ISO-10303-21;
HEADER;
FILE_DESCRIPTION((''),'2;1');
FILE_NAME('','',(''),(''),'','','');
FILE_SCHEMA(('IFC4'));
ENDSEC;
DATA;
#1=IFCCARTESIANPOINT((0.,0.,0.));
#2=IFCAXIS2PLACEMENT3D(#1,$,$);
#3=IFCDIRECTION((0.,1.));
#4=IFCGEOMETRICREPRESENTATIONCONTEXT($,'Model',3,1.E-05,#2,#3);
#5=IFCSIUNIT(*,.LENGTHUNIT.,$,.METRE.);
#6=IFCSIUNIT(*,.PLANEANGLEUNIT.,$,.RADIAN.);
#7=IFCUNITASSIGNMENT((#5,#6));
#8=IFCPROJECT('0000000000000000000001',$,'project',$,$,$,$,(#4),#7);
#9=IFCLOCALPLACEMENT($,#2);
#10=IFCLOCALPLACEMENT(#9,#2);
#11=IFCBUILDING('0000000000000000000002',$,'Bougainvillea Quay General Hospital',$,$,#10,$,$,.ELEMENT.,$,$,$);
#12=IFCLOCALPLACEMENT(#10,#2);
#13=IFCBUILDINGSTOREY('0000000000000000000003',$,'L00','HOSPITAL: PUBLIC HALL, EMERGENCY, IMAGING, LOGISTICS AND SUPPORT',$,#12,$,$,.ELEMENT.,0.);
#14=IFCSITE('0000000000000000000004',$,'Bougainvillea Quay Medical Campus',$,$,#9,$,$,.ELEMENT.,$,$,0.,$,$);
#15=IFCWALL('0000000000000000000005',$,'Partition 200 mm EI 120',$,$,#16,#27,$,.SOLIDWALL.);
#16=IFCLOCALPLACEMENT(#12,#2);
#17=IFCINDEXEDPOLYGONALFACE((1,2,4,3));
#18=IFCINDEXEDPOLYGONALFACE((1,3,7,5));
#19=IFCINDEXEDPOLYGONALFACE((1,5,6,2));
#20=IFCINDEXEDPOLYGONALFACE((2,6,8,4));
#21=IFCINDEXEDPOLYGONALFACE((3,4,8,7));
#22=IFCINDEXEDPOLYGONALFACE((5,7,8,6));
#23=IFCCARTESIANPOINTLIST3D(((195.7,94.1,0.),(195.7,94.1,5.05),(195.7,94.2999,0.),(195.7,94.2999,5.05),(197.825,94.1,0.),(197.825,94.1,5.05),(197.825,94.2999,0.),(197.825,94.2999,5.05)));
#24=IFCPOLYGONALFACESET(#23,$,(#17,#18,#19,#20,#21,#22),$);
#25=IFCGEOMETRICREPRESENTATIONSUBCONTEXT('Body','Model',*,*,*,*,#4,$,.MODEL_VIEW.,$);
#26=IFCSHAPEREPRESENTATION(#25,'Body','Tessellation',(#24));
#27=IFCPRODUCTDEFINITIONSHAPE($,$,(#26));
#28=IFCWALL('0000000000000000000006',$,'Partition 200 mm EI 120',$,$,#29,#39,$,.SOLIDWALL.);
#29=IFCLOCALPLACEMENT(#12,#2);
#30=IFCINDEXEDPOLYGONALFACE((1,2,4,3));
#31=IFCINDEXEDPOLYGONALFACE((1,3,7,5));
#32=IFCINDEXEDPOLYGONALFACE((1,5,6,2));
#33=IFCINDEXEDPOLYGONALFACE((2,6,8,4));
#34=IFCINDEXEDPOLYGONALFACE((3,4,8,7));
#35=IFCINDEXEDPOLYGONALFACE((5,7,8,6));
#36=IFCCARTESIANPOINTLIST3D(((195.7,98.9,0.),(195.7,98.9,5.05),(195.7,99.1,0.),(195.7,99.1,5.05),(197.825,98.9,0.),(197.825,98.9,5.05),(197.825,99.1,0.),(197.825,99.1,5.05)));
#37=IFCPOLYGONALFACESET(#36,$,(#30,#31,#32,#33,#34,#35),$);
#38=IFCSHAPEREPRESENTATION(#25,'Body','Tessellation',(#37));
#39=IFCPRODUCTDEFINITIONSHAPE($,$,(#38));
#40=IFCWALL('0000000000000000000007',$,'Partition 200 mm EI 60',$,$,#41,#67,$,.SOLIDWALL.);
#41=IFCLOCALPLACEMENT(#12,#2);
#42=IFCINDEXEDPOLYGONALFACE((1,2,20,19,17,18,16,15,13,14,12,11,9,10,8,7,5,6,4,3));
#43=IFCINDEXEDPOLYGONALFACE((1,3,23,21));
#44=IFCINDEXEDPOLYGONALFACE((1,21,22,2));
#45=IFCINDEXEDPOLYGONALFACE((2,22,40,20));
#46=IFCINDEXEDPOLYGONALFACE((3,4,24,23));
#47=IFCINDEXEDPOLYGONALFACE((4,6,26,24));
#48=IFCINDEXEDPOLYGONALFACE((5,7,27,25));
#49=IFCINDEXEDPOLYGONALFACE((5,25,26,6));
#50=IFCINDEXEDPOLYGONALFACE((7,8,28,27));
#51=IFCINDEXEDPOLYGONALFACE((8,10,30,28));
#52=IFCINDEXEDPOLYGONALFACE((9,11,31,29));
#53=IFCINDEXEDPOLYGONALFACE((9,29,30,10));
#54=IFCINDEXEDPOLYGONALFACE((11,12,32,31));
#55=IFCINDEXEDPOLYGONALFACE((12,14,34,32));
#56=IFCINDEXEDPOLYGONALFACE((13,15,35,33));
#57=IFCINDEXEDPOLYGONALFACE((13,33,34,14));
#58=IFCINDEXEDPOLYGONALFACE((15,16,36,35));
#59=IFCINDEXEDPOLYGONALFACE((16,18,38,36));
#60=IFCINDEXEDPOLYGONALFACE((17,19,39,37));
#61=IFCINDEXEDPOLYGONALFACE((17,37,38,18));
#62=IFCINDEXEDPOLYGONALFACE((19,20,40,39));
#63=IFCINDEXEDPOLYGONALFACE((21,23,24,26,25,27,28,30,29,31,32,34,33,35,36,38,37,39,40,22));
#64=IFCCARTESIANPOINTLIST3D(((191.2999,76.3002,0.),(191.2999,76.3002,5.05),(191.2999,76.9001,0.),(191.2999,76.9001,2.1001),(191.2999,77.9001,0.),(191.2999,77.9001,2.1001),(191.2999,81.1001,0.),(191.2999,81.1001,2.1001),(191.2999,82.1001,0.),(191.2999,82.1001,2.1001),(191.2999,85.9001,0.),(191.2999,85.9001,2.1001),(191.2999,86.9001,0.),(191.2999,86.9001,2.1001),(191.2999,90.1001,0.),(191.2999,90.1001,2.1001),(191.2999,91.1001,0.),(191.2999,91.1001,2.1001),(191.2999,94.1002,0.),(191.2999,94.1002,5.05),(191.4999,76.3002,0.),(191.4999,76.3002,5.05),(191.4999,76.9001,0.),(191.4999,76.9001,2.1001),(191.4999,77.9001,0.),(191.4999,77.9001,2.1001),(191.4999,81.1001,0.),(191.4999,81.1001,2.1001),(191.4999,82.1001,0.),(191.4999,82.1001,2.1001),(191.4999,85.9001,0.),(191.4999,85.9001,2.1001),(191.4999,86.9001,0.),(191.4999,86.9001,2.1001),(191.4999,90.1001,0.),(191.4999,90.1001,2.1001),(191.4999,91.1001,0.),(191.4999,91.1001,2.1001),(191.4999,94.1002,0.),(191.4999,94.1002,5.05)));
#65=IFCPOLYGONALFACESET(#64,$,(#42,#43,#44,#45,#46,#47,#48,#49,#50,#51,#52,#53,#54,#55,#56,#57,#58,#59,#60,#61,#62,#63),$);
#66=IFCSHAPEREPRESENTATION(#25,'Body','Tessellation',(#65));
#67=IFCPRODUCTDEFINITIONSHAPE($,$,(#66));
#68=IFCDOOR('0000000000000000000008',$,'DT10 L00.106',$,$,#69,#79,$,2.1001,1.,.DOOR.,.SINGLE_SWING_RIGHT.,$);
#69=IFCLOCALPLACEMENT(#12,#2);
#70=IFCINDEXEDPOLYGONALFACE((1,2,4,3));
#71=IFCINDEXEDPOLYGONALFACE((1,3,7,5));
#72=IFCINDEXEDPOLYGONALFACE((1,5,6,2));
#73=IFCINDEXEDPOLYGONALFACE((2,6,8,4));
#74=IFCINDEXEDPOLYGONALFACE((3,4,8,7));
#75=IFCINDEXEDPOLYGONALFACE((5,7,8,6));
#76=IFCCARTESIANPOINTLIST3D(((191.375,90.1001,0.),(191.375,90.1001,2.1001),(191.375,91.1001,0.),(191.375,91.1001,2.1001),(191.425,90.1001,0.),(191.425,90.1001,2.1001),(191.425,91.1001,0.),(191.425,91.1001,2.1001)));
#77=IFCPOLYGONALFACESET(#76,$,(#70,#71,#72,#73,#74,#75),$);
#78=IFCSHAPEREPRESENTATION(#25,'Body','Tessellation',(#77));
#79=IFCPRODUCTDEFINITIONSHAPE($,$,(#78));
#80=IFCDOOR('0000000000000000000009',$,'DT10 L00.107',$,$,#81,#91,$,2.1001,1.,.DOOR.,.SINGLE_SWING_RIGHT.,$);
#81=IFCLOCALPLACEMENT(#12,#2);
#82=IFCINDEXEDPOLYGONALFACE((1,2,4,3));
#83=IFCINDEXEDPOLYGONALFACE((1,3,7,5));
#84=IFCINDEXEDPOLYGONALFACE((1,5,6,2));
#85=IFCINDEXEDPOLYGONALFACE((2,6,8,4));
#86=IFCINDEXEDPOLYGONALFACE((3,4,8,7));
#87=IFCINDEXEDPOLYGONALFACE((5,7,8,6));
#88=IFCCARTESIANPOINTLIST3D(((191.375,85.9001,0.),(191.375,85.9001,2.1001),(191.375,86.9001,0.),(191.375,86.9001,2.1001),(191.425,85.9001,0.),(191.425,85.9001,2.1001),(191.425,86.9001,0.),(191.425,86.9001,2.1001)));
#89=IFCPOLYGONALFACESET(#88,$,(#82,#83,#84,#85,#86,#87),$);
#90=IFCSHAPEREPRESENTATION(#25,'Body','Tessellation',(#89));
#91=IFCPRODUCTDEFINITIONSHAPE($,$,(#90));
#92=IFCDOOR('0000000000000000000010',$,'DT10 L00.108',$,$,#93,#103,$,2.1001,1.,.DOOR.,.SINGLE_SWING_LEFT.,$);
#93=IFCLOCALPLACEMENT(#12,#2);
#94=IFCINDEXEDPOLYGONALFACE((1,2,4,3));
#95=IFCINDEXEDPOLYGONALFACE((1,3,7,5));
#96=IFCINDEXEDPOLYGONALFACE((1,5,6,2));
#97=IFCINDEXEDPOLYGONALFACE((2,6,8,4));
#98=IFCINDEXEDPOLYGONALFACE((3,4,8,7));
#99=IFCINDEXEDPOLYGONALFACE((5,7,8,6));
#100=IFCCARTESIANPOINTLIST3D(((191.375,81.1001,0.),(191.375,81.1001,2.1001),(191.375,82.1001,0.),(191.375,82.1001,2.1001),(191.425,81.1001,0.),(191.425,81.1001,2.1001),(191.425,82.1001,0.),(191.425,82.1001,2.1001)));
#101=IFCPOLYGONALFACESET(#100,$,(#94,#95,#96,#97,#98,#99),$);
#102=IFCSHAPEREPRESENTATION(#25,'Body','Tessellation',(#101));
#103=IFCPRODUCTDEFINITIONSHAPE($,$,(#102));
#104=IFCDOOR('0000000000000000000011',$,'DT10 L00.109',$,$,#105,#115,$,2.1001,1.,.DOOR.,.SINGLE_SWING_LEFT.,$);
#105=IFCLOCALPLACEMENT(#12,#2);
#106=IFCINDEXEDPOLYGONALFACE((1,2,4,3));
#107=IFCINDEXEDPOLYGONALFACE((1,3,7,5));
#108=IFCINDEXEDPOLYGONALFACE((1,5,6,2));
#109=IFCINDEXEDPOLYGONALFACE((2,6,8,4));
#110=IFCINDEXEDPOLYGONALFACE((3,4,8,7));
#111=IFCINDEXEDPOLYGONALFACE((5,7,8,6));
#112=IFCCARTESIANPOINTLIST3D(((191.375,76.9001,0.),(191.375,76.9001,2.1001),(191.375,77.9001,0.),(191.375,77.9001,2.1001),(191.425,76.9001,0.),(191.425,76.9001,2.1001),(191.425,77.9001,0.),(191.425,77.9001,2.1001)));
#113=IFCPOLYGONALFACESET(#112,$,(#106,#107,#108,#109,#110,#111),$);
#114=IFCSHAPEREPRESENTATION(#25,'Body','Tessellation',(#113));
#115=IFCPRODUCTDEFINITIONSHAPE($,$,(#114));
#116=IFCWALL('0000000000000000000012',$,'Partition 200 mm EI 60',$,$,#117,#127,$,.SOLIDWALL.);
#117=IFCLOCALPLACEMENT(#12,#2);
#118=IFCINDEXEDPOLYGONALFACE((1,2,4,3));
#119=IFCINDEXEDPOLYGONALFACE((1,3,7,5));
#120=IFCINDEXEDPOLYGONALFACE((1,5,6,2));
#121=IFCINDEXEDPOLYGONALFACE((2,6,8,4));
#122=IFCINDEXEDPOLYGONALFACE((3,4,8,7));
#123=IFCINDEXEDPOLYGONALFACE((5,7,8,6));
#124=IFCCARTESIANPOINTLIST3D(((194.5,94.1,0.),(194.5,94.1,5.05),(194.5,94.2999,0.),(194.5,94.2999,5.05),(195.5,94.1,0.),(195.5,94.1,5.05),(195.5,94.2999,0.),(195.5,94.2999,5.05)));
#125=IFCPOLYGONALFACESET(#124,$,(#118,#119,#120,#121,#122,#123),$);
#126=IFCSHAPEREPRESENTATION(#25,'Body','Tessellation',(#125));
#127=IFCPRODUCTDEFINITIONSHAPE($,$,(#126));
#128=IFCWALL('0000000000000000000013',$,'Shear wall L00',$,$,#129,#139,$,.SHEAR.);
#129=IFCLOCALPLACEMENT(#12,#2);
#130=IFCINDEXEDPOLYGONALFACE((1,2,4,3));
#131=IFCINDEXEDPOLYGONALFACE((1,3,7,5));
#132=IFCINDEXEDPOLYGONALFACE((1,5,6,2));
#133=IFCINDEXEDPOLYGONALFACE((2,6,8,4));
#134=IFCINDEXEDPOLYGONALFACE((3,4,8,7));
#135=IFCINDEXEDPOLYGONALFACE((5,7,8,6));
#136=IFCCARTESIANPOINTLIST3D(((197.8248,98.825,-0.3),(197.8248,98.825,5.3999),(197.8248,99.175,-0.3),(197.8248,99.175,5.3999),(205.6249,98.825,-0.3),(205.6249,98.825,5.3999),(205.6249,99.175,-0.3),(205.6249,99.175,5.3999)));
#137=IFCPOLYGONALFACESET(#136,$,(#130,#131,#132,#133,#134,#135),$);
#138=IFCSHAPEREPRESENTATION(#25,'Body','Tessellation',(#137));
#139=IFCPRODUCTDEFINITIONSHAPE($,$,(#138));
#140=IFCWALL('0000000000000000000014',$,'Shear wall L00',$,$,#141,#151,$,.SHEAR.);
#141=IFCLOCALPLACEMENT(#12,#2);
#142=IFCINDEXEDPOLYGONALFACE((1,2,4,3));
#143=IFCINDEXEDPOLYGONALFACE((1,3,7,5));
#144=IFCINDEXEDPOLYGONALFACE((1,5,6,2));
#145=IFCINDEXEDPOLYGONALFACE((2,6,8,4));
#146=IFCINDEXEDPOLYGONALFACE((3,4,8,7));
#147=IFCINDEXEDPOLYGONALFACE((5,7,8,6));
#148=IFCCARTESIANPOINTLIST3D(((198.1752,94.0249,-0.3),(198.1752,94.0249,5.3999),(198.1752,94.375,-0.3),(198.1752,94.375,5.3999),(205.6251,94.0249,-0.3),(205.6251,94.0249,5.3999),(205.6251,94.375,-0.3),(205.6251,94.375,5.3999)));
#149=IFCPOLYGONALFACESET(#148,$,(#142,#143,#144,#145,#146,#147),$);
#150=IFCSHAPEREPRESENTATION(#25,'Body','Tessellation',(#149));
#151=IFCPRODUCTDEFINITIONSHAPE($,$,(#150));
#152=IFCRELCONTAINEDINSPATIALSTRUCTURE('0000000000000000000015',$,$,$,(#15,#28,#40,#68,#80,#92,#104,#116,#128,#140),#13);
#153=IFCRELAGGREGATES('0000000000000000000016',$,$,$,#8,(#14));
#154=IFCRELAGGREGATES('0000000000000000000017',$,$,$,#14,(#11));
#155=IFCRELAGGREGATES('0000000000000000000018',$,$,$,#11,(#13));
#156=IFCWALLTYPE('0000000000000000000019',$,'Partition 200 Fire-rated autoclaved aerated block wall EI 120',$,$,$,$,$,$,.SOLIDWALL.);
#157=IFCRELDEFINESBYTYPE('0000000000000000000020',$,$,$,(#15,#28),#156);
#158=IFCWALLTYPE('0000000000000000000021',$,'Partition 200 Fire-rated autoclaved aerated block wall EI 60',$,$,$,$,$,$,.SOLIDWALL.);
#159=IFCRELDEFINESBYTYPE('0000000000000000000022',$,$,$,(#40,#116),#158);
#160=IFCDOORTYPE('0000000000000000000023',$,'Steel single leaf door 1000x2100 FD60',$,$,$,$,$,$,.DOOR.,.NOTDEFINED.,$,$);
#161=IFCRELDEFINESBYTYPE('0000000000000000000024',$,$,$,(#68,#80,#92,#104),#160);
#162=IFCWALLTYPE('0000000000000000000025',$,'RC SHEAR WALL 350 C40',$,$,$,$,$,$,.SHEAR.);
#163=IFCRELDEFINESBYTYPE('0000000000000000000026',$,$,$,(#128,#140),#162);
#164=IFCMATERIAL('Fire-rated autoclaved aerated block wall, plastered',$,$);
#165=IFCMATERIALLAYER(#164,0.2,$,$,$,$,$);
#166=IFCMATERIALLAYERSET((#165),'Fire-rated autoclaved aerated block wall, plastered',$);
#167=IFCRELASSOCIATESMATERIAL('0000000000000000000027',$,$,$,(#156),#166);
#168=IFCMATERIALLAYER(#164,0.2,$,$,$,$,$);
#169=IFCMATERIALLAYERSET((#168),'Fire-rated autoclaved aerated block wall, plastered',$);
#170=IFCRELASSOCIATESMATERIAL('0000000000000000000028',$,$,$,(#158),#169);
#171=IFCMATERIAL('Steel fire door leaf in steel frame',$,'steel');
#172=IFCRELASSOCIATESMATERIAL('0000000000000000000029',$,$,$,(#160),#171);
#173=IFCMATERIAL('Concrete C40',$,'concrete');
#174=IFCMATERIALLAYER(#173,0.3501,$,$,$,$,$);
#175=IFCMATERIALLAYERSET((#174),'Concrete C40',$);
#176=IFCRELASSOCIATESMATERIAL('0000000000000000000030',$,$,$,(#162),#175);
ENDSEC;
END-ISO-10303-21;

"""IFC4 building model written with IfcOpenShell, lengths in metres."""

from ifc_helpers import new_model, si_unit, direction, frame, frame_2d, origin, place, context, subcontext, project, spatial, rectangle, extrude, material, layer, layer_set, type_object, element, fill, save


model = new_model("IFC4")

# Units and contexts
model_context = context("Model", 3, precision=1e-05, world=origin(), true_north=direction((0.0, 1.0)))
body_context = subcontext(model_context, "Body", "Model", "MODEL_VIEW")
ifc_project = project(units=[si_unit("LENGTHUNIT", "METRE"), si_unit("PLANEANGLEUNIT", "RADIAN")], contexts=[model_context])

# Site, building, storey
site_placement = place(None, origin())
site = spatial("IfcSite", under=ifc_project, at=site_placement, Name="Bougainvillea Quay Medical Campus", CompositionType="ELEMENT", RefElevation=0.0)
building_placement = place(site_placement, origin())
building = spatial("IfcBuilding", under=site, at=building_placement, Name="Bougainvillea Quay General Hospital", CompositionType="ELEMENT")
storey_placement = place(building_placement, origin())
storey = spatial("IfcBuildingStorey", under=building, at=storey_placement, Name="L00", Description="HOSPITAL: PUBLIC HALL, EMERGENCY, IMAGING, LOGISTICS AND SUPPORT", CompositionType="ELEMENT", Elevation=0.0)

# Shared definitions
ifc_material_1 = material(Name="Concrete C40", Category="concrete")

# Shared definitions
ifc_material_2 = material(Name="Fire-rated autoclaved aerated block wall, plastered")
ifc_layer_1 = layer(ifc_material_2, 0.2)
ifc_layer_set_1 = layer_set([ifc_layer_1], Name="Fire-rated autoclaved aerated block wall, plastered")
wall_type_1 = type_object("IfcWallType", Name="Partition 200 Fire-rated autoclaved aerated block wall EI 120", PredefinedType="SOLIDWALL", material=ifc_layer_set_1)
ifc_material_3 = material(Name="Steel fire door leaf in steel frame", Category="steel")

# Walls
for number, where, z_axis, x_axis, name in (
    (1, (195.7, 94.2, 0.0), (0.0, 0.0, 1.0), (1.0, 0.0, 0.0), "Partition 200 mm EI 120"),
    (2, (195.7, 99.0, 0.0), (0.0, 0.0, 1.0), (1.0, 0.0, 0.0), "Partition 200 mm EI 120"),
):
    element("IfcWall", number, at=place(storey_placement, frame(where, z_axis=z_axis, x_axis=x_axis)), inside=storey, type_object=wall_type_1, Name=name, PredefinedType="SOLIDWALL", context=body_context, shape_type="SweptSolid", body=[
        extrude(rectangle(XDim=2.125, YDim=0.2, at=frame_2d((1.0625, 0.0))), origin(), (0.0, 0.0, 1.0), 5.05),
    ])

# Wall, openings, doors
ifc_layer_2 = layer(ifc_material_2, 0.2)
ifc_layer_set_2 = layer_set([ifc_layer_2], Name="Fire-rated autoclaved aerated block wall, plastered")
wall_type_2 = type_object("IfcWallType", Name="Partition 200 Fire-rated autoclaved aerated block wall EI 60", PredefinedType="SOLIDWALL", material=ifc_layer_set_2)
wall_1_placement = place(storey_placement, frame((191.3999, 94.1001, 0.0), z_axis=(0.0, 0.0, 1.0), x_axis=(0.0, -1.0, 0.0)))
wall_1 = element("IfcWall", 3, at=wall_1_placement, inside=storey, type_object=wall_type_2, Name="Partition 200 mm EI 60", PredefinedType="SOLIDWALL", context=body_context, shape_type="SweptSolid", body=[
    extrude(rectangle(XDim=17.8, YDim=0.2, at=frame_2d((8.8999, 0.0))), origin(), (0.0, 0.0, 1.0), 5.05),
])
opening_1_placement = place(wall_1_placement, frame((3.0, 0.0, 0.0)))
opening_1 = element("IfcOpeningElement", 4, at=opening_1_placement, cuts=wall_1, PredefinedType="OPENING", context=body_context, shape_type="SweptSolid", body=[
    extrude(rectangle(XDim=1.0, YDim=2.1001, at=frame_2d((0.5, 1.05))), frame((0.0, 0.1099, 0.0), z_axis=(0.0, -1.0, 0.0), x_axis=(1.0, 0.0, 0.0)), (0.0, 0.0, 1.0), 0.22),
])
opening_2_placement = place(wall_1_placement, frame((7.2, 0.0, 0.0)))
opening_2 = element("IfcOpeningElement", 5, at=opening_2_placement, cuts=wall_1, PredefinedType="OPENING", context=body_context, shape_type="SweptSolid", body=[
    extrude(rectangle(XDim=1.0, YDim=2.1001, at=frame_2d((0.5, 1.05))), frame((0.0, 0.1099, 0.0), z_axis=(0.0, -1.0, 0.0), x_axis=(1.0, 0.0, 0.0)), (0.0, 0.0, 1.0), 0.22),
])
opening_3_placement = place(wall_1_placement, frame((12.0, 0.0, 0.0)))
opening_3 = element("IfcOpeningElement", 6, at=opening_3_placement, cuts=wall_1, PredefinedType="OPENING", context=body_context, shape_type="SweptSolid", body=[
    extrude(rectangle(XDim=1.0, YDim=2.1001, at=frame_2d((0.5, 1.05))), frame((0.0, 0.1099, 0.0), z_axis=(0.0, -1.0, 0.0), x_axis=(1.0, 0.0, 0.0)), (0.0, 0.0, 1.0), 0.22),
])
opening_4_placement = place(wall_1_placement, frame((16.2, 0.0, 0.0)))
opening_4 = element("IfcOpeningElement", 7, at=opening_4_placement, cuts=wall_1, PredefinedType="OPENING", context=body_context, shape_type="SweptSolid", body=[
    extrude(rectangle(XDim=1.0, YDim=2.1001, at=frame_2d((0.5, 1.05))), frame((0.0, 0.1099, 0.0), z_axis=(0.0, -1.0, 0.0), x_axis=(1.0, 0.0, 0.0)), (0.0, 0.0, 1.0), 0.22),
])
door_type_1 = type_object("IfcDoorType", Name="Steel single leaf door 1000x2100 FD60", OperationType="NOTDEFINED", PredefinedType="DOOR", material=ifc_material_3)
door_1_placement = place(opening_1_placement, frame((1.0, 0.0, 0.0), z_axis=(0.0, 0.0, 1.0), x_axis=(-1.0, 0.0, 0.0)))
door_1 = element("IfcDoor", 8, at=door_1_placement, inside=storey, type_object=door_type_1, Name="DT10 L00.106", OperationType="SINGLE_SWING_RIGHT", OverallHeight=2.1001, OverallWidth=1.0, PredefinedType="DOOR", context=body_context, shape_type="SweptSolid", body=[
    extrude(rectangle(XDim=1.0, YDim=2.1001, at=frame_2d((0.5, 1.05))), frame((0.0, 0.0249, 0.0), z_axis=(0.0, -1.0, 0.0), x_axis=(1.0, 0.0, 0.0)), (0.0, 0.0, 1.0), 0.05),
])
fill(opening_1, door_1)
door_2_placement = place(opening_2_placement, frame((1.0, 0.0, 0.0), z_axis=(0.0, 0.0, 1.0), x_axis=(-1.0, 0.0, 0.0)))
door_2 = element("IfcDoor", 9, at=door_2_placement, inside=storey, type_object=door_type_1, Name="DT10 L00.107", OperationType="SINGLE_SWING_RIGHT", OverallHeight=2.1001, OverallWidth=1.0, PredefinedType="DOOR", context=body_context, shape_type="SweptSolid", body=[
    extrude(rectangle(XDim=1.0, YDim=2.1001, at=frame_2d((0.5, 1.05))), frame((0.0, 0.0249, 0.0), z_axis=(0.0, -1.0, 0.0), x_axis=(1.0, 0.0, 0.0)), (0.0, 0.0, 1.0), 0.05),
])
fill(opening_2, door_2)
door_3_placement = place(opening_3_placement, frame((1.0, 0.0, 0.0), z_axis=(0.0, 0.0, 1.0), x_axis=(-1.0, 0.0, 0.0)))
door_3 = element("IfcDoor", 10, at=door_3_placement, inside=storey, type_object=door_type_1, Name="DT10 L00.108", OperationType="SINGLE_SWING_LEFT", OverallHeight=2.1001, OverallWidth=1.0, PredefinedType="DOOR", context=body_context, shape_type="SweptSolid", body=[
    extrude(rectangle(XDim=1.0, YDim=2.1001, at=frame_2d((0.5, 1.05))), frame((0.0, 0.0249, 0.0), z_axis=(0.0, -1.0, 0.0), x_axis=(1.0, 0.0, 0.0)), (0.0, 0.0, 1.0), 0.05),
])
fill(opening_3, door_3)
door_4_placement = place(opening_4_placement, frame((1.0, 0.0, 0.0), z_axis=(0.0, 0.0, 1.0), x_axis=(-1.0, 0.0, 0.0)))
door_4 = element("IfcDoor", 11, at=door_4_placement, inside=storey, type_object=door_type_1, Name="DT10 L00.109", OperationType="SINGLE_SWING_LEFT", OverallHeight=2.1001, OverallWidth=1.0, PredefinedType="DOOR", context=body_context, shape_type="SweptSolid", body=[
    extrude(rectangle(XDim=1.0, YDim=2.1001, at=frame_2d((0.5, 1.05))), frame((0.0, 0.0249, 0.0), z_axis=(0.0, -1.0, 0.0), x_axis=(1.0, 0.0, 0.0)), (0.0, 0.0, 1.0), 0.05),
])
fill(opening_4, door_4)

# Walls
wall_2_placement = place(storey_placement, frame((194.5, 94.2, 0.0), z_axis=(0.0, 0.0, 1.0), x_axis=(1.0, 0.0, 0.0)))
element("IfcWall", 12, at=wall_2_placement, inside=storey, type_object=wall_type_2, Name="Partition 200 mm EI 60", PredefinedType="SOLIDWALL", context=body_context, shape_type="SweptSolid", body=[
    extrude(rectangle(XDim=1.0, YDim=0.2, at=frame_2d((0.5, 0.0))), origin(), (0.0, 0.0, 1.0), 5.05),
])
ifc_layer_3 = layer(ifc_material_1, 0.3501)
ifc_layer_set_3 = layer_set([ifc_layer_3], Name="Concrete C40")
wall_type_3 = type_object("IfcWallType", Name="RC SHEAR WALL 350 C40", PredefinedType="SHEAR", material=ifc_layer_set_3)
wall_3_placement = place(storey_placement, frame((197.825, 99.0, -0.3), z_axis=(0.0, 0.0, 1.0), x_axis=(1.0, 0.0, 0.0)))
element("IfcWall", 13, at=wall_3_placement, inside=storey, type_object=wall_type_3, Name="Shear wall L00", PredefinedType="SHEAR", context=body_context, shape_type="SweptSolid", body=[
    extrude(rectangle(XDim=7.8, YDim=0.3501, at=frame_2d((3.8999, 0.0))), origin(), (0.0, 0.0, 1.0), 5.7),
])
wall_4_placement = place(storey_placement, frame((198.175, 94.2, -0.3), z_axis=(0.0, 0.0, 1.0), x_axis=(1.0, 0.0, 0.0)))
element("IfcWall", 14, at=wall_4_placement, inside=storey, type_object=wall_type_3, Name="Shear wall L00", PredefinedType="SHEAR", context=body_context, shape_type="SweptSolid", body=[
    extrude(rectangle(XDim=7.45, YDim=0.3501, at=frame_2d((3.7251, 0.0))), origin(), (0.0, 0.0, 1.0), 5.7),
])

save(model, "model.ifc")
